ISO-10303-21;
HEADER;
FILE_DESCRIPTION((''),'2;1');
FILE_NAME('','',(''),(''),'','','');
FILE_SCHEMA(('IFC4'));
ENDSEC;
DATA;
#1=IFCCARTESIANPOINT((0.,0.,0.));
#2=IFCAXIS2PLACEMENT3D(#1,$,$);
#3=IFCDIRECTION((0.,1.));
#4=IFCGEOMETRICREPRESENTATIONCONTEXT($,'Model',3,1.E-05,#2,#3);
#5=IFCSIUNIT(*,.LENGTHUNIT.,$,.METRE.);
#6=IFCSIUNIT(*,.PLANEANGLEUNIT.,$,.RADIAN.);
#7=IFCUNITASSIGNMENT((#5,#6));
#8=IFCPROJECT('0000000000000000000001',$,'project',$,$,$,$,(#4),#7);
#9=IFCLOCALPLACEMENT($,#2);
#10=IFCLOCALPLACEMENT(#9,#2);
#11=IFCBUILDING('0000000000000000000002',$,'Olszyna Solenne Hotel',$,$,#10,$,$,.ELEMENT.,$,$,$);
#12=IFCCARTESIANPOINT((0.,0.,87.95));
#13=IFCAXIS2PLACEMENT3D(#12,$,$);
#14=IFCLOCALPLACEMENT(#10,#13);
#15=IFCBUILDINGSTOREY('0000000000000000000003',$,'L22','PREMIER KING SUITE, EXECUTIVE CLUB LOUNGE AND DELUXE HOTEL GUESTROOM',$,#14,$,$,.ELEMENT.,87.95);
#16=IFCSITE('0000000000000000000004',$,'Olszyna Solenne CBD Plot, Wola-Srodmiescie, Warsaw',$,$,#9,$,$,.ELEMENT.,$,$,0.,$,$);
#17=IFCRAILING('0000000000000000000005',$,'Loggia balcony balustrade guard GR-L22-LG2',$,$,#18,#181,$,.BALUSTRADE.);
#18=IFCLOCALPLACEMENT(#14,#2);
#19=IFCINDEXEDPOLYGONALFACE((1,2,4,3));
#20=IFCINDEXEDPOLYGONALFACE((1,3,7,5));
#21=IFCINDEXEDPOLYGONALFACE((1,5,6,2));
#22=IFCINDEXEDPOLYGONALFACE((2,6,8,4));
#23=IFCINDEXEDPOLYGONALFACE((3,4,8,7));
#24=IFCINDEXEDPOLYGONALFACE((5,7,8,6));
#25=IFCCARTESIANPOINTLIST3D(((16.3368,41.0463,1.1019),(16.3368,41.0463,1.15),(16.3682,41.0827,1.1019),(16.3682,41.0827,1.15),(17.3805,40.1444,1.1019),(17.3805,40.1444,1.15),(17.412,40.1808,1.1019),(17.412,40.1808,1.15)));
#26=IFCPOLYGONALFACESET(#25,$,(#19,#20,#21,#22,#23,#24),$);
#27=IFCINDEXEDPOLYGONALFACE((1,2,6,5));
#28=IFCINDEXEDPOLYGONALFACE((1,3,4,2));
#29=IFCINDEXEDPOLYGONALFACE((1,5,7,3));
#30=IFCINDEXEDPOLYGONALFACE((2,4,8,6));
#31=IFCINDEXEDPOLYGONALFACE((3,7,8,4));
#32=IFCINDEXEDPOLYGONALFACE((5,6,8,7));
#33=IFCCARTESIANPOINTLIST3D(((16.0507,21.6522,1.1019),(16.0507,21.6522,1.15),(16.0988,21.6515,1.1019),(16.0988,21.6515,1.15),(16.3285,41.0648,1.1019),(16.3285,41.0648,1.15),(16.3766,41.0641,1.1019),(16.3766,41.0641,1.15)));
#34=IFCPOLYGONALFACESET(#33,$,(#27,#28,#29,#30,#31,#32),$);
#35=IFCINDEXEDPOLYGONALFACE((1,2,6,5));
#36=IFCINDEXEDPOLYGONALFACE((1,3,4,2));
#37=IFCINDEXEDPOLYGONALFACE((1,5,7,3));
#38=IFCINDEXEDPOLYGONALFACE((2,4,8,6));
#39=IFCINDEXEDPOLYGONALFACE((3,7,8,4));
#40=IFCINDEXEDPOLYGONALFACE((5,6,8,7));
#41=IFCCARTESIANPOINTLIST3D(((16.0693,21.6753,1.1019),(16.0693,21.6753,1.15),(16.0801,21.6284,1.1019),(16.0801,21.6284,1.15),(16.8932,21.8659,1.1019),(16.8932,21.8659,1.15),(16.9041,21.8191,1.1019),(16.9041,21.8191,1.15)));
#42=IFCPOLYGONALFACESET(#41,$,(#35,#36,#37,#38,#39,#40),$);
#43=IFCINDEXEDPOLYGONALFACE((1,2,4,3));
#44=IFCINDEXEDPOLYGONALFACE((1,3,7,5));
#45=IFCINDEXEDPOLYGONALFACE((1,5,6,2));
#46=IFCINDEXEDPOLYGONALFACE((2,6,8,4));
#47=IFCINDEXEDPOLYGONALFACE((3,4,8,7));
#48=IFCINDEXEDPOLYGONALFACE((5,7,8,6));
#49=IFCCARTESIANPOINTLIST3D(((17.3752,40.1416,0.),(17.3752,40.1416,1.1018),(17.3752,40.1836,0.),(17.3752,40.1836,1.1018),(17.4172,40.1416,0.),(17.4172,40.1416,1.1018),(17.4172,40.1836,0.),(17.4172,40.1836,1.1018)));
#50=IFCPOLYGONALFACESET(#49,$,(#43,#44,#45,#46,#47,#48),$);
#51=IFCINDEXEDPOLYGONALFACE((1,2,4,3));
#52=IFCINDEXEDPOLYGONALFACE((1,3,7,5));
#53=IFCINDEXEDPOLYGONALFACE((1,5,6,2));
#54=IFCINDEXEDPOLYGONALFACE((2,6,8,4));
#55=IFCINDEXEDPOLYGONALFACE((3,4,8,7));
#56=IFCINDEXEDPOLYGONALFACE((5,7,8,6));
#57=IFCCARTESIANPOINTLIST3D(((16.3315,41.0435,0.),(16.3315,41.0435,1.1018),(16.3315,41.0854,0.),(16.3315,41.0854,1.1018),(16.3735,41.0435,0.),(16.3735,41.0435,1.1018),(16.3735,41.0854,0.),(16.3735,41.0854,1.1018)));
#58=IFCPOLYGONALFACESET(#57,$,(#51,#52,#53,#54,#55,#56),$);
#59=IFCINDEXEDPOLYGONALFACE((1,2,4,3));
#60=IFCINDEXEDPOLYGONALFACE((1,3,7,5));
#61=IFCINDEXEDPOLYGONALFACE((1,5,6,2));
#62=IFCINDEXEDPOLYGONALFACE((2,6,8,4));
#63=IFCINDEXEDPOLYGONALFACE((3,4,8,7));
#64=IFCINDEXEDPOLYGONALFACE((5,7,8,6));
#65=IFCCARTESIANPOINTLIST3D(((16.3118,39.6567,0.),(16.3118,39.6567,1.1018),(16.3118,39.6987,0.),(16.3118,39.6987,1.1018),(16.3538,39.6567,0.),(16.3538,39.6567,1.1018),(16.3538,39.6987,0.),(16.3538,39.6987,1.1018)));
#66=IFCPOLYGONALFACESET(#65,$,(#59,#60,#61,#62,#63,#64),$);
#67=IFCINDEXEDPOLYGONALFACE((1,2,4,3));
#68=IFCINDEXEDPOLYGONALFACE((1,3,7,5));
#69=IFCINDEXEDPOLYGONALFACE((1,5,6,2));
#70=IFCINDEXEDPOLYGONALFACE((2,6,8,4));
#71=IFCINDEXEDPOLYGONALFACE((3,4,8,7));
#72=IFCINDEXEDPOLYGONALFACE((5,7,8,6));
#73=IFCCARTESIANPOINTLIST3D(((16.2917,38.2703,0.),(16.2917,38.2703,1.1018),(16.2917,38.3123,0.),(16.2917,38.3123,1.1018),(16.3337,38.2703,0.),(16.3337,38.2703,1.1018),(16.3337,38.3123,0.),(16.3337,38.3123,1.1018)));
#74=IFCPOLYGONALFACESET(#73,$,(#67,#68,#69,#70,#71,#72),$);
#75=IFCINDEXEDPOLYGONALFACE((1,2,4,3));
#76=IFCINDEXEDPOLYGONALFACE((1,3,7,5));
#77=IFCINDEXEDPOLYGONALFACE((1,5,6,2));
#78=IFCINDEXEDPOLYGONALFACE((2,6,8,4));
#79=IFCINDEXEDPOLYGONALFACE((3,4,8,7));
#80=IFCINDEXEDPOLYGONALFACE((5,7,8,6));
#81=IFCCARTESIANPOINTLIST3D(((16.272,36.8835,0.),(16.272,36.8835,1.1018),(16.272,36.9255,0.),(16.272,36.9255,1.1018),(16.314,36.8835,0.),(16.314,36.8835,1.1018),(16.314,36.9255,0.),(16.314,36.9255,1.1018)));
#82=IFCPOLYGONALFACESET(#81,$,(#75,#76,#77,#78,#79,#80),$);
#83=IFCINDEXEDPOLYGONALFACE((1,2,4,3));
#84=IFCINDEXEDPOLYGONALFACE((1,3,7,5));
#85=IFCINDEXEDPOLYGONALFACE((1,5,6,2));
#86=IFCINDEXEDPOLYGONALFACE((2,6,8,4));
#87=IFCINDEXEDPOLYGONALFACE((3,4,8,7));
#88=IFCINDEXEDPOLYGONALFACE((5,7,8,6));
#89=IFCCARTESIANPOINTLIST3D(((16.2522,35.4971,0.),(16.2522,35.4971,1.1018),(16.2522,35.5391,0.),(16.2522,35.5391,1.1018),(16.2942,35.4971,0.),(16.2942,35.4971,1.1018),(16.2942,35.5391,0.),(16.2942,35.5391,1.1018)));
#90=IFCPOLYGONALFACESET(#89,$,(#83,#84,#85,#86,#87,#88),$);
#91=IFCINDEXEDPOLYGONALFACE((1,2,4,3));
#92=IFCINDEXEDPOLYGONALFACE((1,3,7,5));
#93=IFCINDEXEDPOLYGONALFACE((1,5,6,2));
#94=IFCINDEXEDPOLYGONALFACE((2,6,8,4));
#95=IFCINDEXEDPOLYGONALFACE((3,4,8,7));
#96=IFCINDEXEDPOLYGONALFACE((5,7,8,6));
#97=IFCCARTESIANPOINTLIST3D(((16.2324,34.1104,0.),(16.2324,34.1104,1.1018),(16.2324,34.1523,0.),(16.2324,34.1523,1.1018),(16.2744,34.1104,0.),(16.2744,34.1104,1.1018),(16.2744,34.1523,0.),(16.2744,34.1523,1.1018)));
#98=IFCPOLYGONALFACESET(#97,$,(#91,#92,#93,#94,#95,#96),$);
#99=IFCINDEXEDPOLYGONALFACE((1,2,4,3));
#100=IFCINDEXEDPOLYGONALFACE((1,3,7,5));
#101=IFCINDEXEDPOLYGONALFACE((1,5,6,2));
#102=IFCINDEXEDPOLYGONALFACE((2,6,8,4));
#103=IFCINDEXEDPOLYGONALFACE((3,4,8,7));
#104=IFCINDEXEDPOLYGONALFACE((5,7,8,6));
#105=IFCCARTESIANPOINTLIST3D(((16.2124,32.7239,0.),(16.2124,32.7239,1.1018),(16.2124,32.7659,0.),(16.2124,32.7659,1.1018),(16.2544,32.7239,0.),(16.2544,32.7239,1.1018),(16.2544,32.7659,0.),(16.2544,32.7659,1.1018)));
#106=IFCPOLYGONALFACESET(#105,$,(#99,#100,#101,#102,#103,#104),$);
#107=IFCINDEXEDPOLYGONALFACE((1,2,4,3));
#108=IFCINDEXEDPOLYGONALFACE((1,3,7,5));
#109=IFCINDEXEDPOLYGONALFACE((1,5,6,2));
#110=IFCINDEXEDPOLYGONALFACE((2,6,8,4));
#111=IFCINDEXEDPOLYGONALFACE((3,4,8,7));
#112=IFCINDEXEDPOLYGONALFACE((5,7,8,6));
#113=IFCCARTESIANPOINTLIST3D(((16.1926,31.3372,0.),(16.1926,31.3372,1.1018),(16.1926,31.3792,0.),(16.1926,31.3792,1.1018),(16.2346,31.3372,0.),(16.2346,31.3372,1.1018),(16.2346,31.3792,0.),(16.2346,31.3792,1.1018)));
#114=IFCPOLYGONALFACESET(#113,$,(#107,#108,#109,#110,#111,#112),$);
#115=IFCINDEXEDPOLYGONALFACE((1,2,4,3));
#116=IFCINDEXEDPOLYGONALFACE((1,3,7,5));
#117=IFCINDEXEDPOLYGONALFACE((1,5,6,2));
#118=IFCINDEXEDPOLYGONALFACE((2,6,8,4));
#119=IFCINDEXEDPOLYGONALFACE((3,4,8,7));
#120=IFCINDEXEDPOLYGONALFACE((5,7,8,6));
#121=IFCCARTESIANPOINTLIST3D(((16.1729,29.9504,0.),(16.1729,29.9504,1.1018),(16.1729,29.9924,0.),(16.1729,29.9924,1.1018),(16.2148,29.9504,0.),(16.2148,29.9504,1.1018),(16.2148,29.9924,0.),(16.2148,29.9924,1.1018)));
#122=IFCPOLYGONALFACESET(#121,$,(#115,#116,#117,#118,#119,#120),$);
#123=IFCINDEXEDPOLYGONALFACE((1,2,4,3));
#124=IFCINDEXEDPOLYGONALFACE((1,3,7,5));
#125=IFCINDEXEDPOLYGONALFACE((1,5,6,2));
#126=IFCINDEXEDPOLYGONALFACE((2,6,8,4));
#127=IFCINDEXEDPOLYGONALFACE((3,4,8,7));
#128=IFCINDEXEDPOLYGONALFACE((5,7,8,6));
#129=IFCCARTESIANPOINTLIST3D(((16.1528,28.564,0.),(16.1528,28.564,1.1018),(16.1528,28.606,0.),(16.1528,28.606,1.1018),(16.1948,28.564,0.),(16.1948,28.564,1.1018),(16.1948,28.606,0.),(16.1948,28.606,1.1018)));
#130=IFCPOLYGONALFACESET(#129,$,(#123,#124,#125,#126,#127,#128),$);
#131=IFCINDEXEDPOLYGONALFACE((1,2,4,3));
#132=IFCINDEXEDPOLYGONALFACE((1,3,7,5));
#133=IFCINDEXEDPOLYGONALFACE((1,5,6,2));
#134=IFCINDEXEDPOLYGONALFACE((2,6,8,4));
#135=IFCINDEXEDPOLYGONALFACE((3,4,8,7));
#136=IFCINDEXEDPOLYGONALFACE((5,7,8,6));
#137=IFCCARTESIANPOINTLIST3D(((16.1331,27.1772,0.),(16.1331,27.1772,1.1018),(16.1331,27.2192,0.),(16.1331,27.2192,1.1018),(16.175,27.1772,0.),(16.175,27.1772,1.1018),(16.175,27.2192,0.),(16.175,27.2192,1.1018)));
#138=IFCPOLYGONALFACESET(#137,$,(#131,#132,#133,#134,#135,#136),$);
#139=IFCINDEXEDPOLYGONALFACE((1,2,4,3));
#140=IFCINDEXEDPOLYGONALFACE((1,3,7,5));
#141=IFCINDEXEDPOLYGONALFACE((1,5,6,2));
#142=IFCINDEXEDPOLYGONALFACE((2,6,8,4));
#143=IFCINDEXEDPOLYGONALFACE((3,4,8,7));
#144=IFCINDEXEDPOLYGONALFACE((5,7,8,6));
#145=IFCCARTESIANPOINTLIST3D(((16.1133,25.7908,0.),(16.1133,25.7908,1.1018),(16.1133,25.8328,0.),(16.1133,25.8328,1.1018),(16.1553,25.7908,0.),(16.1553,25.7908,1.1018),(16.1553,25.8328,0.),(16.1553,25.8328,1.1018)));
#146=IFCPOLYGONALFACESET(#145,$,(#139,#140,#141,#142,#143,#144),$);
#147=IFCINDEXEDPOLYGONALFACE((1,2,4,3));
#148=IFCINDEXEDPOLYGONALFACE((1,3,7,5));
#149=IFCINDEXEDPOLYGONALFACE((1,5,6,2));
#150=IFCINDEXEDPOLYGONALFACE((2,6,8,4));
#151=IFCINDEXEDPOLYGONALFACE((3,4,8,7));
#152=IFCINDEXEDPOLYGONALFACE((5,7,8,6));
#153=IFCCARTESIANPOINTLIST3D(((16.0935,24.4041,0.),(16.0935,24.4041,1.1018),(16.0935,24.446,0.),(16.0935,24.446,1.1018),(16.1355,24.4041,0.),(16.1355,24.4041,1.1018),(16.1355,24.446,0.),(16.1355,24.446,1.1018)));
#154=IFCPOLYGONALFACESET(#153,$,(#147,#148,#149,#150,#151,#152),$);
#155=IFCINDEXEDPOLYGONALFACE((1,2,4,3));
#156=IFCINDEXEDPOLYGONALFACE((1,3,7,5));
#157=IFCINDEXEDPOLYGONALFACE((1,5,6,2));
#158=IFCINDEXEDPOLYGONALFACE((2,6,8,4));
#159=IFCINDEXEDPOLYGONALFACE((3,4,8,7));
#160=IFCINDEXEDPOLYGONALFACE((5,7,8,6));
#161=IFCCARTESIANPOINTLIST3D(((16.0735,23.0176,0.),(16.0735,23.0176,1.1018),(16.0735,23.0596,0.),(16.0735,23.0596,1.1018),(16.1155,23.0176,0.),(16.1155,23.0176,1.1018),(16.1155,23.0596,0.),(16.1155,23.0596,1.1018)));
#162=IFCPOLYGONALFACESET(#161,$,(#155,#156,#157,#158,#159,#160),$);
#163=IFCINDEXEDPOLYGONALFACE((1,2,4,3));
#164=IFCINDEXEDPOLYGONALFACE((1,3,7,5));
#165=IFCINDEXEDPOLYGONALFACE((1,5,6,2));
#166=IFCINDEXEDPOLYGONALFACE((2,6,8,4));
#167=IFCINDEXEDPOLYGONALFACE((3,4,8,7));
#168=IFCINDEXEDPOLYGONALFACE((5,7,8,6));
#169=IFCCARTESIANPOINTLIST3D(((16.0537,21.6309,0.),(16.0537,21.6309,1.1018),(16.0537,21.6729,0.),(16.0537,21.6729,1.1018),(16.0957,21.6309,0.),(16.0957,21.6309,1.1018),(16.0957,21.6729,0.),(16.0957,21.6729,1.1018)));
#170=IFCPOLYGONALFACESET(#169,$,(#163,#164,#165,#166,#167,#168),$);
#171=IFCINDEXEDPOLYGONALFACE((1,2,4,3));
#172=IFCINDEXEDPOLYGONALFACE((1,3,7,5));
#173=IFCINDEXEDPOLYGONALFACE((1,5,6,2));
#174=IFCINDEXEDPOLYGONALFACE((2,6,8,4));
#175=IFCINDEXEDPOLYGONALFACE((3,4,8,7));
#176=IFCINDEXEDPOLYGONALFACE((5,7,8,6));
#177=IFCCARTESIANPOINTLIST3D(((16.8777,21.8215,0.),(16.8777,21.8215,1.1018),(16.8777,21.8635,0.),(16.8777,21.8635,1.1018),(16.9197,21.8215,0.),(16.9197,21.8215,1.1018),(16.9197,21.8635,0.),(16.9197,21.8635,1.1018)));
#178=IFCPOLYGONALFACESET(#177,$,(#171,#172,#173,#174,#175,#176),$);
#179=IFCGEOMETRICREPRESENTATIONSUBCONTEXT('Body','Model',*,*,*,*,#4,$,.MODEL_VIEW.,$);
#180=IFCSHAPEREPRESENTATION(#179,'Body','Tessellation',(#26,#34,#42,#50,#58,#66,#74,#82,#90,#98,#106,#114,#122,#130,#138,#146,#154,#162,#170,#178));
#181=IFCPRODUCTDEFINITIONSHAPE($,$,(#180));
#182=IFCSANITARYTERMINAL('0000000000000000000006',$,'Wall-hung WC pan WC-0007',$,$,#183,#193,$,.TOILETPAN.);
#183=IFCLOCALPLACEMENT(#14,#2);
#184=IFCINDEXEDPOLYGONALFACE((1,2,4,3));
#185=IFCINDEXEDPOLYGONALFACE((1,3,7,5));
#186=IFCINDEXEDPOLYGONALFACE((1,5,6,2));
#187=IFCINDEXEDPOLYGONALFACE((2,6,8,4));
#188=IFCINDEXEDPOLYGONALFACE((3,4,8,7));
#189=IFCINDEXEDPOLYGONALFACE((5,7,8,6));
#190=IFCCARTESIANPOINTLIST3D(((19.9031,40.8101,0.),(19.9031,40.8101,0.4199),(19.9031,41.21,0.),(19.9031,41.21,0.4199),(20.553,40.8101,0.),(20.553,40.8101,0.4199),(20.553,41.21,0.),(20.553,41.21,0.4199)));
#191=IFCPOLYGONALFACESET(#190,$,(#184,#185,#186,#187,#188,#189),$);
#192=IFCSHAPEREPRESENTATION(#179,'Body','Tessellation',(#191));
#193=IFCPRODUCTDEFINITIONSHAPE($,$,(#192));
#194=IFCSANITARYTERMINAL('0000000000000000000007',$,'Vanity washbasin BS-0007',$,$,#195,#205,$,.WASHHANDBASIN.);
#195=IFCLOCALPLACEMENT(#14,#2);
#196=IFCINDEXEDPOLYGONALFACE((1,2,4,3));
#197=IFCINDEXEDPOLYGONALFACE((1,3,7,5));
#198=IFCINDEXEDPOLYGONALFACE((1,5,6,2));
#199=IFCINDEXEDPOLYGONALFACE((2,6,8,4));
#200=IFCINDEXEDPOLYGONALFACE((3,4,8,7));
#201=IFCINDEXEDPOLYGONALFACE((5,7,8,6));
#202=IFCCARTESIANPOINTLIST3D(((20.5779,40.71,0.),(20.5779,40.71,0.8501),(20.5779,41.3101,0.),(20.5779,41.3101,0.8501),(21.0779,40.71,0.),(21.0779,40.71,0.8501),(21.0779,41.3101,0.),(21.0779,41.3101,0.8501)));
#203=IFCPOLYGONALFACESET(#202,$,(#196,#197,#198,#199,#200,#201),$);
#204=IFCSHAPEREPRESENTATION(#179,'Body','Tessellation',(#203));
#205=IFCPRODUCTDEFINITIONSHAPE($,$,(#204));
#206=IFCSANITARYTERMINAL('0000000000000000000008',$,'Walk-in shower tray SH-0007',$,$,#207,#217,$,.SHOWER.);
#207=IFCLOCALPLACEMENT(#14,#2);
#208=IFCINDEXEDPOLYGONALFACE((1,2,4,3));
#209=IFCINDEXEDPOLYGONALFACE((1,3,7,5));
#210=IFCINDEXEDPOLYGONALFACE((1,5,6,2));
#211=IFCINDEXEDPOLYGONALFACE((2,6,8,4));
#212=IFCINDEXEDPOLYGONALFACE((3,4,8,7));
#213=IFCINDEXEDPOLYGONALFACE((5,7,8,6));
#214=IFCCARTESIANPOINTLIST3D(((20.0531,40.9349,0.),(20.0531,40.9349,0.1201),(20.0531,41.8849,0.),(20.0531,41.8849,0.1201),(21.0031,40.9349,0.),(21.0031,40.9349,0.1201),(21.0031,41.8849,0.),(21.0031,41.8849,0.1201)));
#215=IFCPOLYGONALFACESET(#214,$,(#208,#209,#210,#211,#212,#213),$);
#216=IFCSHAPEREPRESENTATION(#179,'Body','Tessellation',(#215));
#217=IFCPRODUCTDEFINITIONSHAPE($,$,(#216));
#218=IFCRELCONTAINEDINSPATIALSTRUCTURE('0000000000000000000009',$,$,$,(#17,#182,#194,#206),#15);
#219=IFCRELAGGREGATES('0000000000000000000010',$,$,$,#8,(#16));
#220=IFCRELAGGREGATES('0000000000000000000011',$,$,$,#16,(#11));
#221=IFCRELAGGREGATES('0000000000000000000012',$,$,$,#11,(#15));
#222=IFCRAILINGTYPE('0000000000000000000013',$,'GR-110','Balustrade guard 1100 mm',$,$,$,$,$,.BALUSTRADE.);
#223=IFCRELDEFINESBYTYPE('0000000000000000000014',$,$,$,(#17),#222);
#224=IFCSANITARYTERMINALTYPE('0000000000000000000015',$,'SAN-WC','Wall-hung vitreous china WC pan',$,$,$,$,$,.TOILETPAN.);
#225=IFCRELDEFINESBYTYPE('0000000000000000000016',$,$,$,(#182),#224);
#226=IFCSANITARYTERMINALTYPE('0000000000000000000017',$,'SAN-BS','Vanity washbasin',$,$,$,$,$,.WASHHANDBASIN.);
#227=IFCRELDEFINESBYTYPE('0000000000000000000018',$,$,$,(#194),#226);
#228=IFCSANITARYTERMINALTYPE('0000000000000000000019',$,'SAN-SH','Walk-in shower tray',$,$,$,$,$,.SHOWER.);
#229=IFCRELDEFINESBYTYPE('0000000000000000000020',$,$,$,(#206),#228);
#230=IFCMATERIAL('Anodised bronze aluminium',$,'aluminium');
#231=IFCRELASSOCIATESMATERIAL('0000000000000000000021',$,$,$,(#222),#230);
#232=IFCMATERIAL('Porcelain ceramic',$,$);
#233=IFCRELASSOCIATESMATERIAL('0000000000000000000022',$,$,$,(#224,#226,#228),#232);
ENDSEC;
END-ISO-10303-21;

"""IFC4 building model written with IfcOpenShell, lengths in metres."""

from ifc_helpers import new_model, si_unit, direction, frame, origin, origin_2d, place, context, subcontext, project, spatial, rectangle, extrude, source, transform, mapped, material, type_object, element, save


model = new_model("IFC4")

# Units and contexts
model_context = context("Model", 3, precision=1e-05, world=origin(), true_north=direction((0.0, 1.0)))
body_context = subcontext(model_context, "Body", "Model", "MODEL_VIEW")
ifc_project = project(units=[si_unit("LENGTHUNIT", "METRE"), si_unit("PLANEANGLEUNIT", "RADIAN")], contexts=[model_context])

# Site, building, storey
site_placement = place(None, origin())
site = spatial("IfcSite", under=ifc_project, at=site_placement, Name="Olszyna Solenne CBD Plot, Wola-Srodmiescie, Warsaw", CompositionType="ELEMENT", RefElevation=0.0)
building_placement = place(site_placement, origin())
building = spatial("IfcBuilding", under=site, at=building_placement, Name="Olszyna Solenne Hotel", CompositionType="ELEMENT")
storey_placement = place(building_placement, frame((0.0, 0.0, 87.95)))
storey = spatial("IfcBuildingStorey", under=building, at=storey_placement, Name="L22", Description="PREMIER KING SUITE, EXECUTIVE CLUB LOUNGE AND DELUXE HOTEL GUESTROOM", CompositionType="ELEMENT", Elevation=87.95)

# Shared definitions
ifc_material_1 = material(Name="Anodised bronze aluminium", Category="aluminium")

# Railing
railing_type = type_object("IfcRailingType", Name="GR-110", Description="Balustrade guard 1100 mm", PredefinedType="BALUSTRADE", material=ifc_material_1)
railing_placement = place(storey_placement, frame((17.3962, 40.1626, 0.0)))
element("IfcRailing", 1, at=railing_placement, inside=storey, type_object=railing_type, Name="Loggia balcony balustrade guard GR-L22-LG2", PredefinedType="BALUSTRADE", context=body_context, shape_type="SweptSolid", body=[
    extrude(rectangle(XDim=0.0481, YDim=0.0481, at=origin_2d()), frame((0.0, 0.0, 1.126), z_axis=(-0.756652, 0.653818, 0.0), x_axis=(-0.653818, -0.756652, 0.0)), (0.0, 0.0, 1.0), 1.3794),
    extrude(rectangle(XDim=0.0481, YDim=0.0481, at=origin_2d()), frame((-1.0437, 0.9019, 1.126), z_axis=(-0.01431, -0.999898, 0.0), x_axis=(0.999898, -0.01431, 0.0)), (0.0, 0.0, 1.0), 19.4146),
    extrude(rectangle(XDim=0.0481, YDim=0.0481, at=origin_2d()), frame((-1.3215, -18.5107, 1.126), z_axis=(0.974255, 0.22545, 0.0), x_axis=(-0.22545, 0.974255, 0.0)), (0.0, 0.0, 1.0), 0.8457),
    extrude(rectangle(XDim=0.042, YDim=0.042, at=origin_2d()), origin(), (0.0, 0.0, 1.0), 1.1018),
    extrude(rectangle(XDim=0.042, YDim=0.042, at=origin_2d()), frame((-1.0437, 0.9019, 0.0)), (0.0, 0.0, 1.0), 1.1018),
    extrude(rectangle(XDim=0.042, YDim=0.042, at=origin_2d()), frame((-1.0635, -0.4849, 0.0)), (0.0, 0.0, 1.0), 1.1018),
    extrude(rectangle(XDim=0.042, YDim=0.042, at=origin_2d()), frame((-1.0835, -1.8713, 0.0)), (0.0, 0.0, 1.0), 1.1018),
    extrude(rectangle(XDim=0.042, YDim=0.042, at=origin_2d()), frame((-1.1033, -3.2581, 0.0)), (0.0, 0.0, 1.0), 1.1018),
    extrude(rectangle(XDim=0.042, YDim=0.042, at=origin_2d()), frame((-1.123, -4.6445, 0.0)), (0.0, 0.0, 1.0), 1.1018),
    extrude(rectangle(XDim=0.042, YDim=0.042, at=origin_2d()), frame((-1.1428, -6.0312, 0.0)), (0.0, 0.0, 1.0), 1.1018),
    extrude(rectangle(XDim=0.042, YDim=0.042, at=origin_2d()), frame((-1.1628, -7.4177, 0.0)), (0.0, 0.0, 1.0), 1.1018),
    extrude(rectangle(XDim=0.042, YDim=0.042, at=origin_2d()), frame((-1.1826, -8.8044, 0.0)), (0.0, 0.0, 1.0), 1.1018),
    extrude(rectangle(XDim=0.042, YDim=0.042, at=origin_2d()), frame((-1.2024, -10.1912, 0.0)), (0.0, 0.0, 1.0), 1.1018),
    extrude(rectangle(XDim=0.042, YDim=0.042, at=origin_2d()), frame((-1.2224, -11.5776, 0.0)), (0.0, 0.0, 1.0), 1.1018),
    extrude(rectangle(XDim=0.042, YDim=0.042, at=origin_2d()), frame((-1.2422, -12.9644, 0.0)), (0.0, 0.0, 1.0), 1.1018),
    extrude(rectangle(XDim=0.042, YDim=0.042, at=origin_2d()), frame((-1.262, -14.3508, 0.0)), (0.0, 0.0, 1.0), 1.1018),
    extrude(rectangle(XDim=0.042, YDim=0.042, at=origin_2d()), frame((-1.2817, -15.7375, 0.0)), (0.0, 0.0, 1.0), 1.1018),
    extrude(rectangle(XDim=0.042, YDim=0.042, at=origin_2d()), frame((-1.3018, -17.124, 0.0)), (0.0, 0.0, 1.0), 1.1018),
    extrude(rectangle(XDim=0.042, YDim=0.042, at=origin_2d()), frame((-1.3215, -18.5107, 0.0)), (0.0, 0.0, 1.0), 1.1018),
    extrude(rectangle(XDim=0.042, YDim=0.042, at=origin_2d()), frame((-0.4976, -18.3201, 0.0)), (0.0, 0.0, 1.0), 1.1018),
])

# Sanitary terminals
ifc_material_2 = material(Name="Porcelain ceramic")
sanitary_terminal_type_1 = type_object("IfcSanitaryTerminalType", Name="SAN-WC", Description="Wall-hung vitreous china WC pan", PredefinedType="TOILETPAN", material=ifc_material_2)
shared_shape_1 = source(origin(), body_context, "Body", "SweptSolid", [
    extrude(rectangle(XDim=0.6499, YDim=0.3999, at=origin_2d()), origin(), (0.0, 0.0, 1.0), 0.4199),
])
sanitary_terminal_1_placement = place(storey_placement, frame((20.228, 41.01, 0.0), z_axis=(0.0, 0.0, 1.0), x_axis=(1.0, 0.0, 0.0)))
element("IfcSanitaryTerminal", 2, at=sanitary_terminal_1_placement, inside=storey, type_object=sanitary_terminal_type_1, Name="Wall-hung WC pan WC-0007", PredefinedType="TOILETPAN", context=body_context, shape_type="MappedRepresentation", body=[
    mapped(shared_shape_1, transform((0.0, 0.0, 0.0), x_axis=(1.0, 0.0, 0.0), y_axis=(0.0, 1.0, 0.0), z_axis=(0.0, 0.0, 1.0), scale=1.0)),
])
sanitary_terminal_type_2 = type_object("IfcSanitaryTerminalType", Name="SAN-BS", Description="Vanity washbasin", PredefinedType="WASHHANDBASIN", material=ifc_material_2)
shared_shape_2 = source(origin(), body_context, "Body", "SweptSolid", [
    extrude(rectangle(XDim=0.5, YDim=0.6001, at=origin_2d()), origin(), (0.0, 0.0, 1.0), 0.8501),
])
sanitary_terminal_2_placement = place(storey_placement, frame((20.8279, 41.01, 0.0), z_axis=(0.0, 0.0, 1.0), x_axis=(1.0, 0.0, 0.0)))
element("IfcSanitaryTerminal", 3, at=sanitary_terminal_2_placement, inside=storey, type_object=sanitary_terminal_type_2, Name="Vanity washbasin BS-0007", PredefinedType="WASHHANDBASIN", context=body_context, shape_type="MappedRepresentation", body=[
    mapped(shared_shape_2, transform((0.0, 0.0, 0.0), x_axis=(1.0, 0.0, 0.0), y_axis=(0.0, 1.0, 0.0), z_axis=(0.0, 0.0, 1.0), scale=1.0)),
])
sanitary_terminal_type_3 = type_object("IfcSanitaryTerminalType", Name="SAN-SH", Description="Walk-in shower tray", PredefinedType="SHOWER", material=ifc_material_2)
shared_shape_3 = source(origin(), body_context, "Body", "SweptSolid", [
    extrude(rectangle(XDim=0.95, YDim=0.95, at=origin_2d()), origin(), (0.0, 0.0, 1.0), 0.1201),
])
sanitary_terminal_3_placement = place(storey_placement, frame((20.5281, 41.4099, 0.0), z_axis=(0.0, 0.0, 1.0), x_axis=(1.0, 0.0, 0.0)))
element("IfcSanitaryTerminal", 4, at=sanitary_terminal_3_placement, inside=storey, type_object=sanitary_terminal_type_3, Name="Walk-in shower tray SH-0007", PredefinedType="SHOWER", context=body_context, shape_type="MappedRepresentation", body=[
    mapped(shared_shape_3, transform((0.0, 0.0, 0.0), x_axis=(1.0, 0.0, 0.0), y_axis=(0.0, 1.0, 0.0), z_axis=(0.0, 0.0, 1.0), scale=1.0)),
])

save(model, "model.ifc")
